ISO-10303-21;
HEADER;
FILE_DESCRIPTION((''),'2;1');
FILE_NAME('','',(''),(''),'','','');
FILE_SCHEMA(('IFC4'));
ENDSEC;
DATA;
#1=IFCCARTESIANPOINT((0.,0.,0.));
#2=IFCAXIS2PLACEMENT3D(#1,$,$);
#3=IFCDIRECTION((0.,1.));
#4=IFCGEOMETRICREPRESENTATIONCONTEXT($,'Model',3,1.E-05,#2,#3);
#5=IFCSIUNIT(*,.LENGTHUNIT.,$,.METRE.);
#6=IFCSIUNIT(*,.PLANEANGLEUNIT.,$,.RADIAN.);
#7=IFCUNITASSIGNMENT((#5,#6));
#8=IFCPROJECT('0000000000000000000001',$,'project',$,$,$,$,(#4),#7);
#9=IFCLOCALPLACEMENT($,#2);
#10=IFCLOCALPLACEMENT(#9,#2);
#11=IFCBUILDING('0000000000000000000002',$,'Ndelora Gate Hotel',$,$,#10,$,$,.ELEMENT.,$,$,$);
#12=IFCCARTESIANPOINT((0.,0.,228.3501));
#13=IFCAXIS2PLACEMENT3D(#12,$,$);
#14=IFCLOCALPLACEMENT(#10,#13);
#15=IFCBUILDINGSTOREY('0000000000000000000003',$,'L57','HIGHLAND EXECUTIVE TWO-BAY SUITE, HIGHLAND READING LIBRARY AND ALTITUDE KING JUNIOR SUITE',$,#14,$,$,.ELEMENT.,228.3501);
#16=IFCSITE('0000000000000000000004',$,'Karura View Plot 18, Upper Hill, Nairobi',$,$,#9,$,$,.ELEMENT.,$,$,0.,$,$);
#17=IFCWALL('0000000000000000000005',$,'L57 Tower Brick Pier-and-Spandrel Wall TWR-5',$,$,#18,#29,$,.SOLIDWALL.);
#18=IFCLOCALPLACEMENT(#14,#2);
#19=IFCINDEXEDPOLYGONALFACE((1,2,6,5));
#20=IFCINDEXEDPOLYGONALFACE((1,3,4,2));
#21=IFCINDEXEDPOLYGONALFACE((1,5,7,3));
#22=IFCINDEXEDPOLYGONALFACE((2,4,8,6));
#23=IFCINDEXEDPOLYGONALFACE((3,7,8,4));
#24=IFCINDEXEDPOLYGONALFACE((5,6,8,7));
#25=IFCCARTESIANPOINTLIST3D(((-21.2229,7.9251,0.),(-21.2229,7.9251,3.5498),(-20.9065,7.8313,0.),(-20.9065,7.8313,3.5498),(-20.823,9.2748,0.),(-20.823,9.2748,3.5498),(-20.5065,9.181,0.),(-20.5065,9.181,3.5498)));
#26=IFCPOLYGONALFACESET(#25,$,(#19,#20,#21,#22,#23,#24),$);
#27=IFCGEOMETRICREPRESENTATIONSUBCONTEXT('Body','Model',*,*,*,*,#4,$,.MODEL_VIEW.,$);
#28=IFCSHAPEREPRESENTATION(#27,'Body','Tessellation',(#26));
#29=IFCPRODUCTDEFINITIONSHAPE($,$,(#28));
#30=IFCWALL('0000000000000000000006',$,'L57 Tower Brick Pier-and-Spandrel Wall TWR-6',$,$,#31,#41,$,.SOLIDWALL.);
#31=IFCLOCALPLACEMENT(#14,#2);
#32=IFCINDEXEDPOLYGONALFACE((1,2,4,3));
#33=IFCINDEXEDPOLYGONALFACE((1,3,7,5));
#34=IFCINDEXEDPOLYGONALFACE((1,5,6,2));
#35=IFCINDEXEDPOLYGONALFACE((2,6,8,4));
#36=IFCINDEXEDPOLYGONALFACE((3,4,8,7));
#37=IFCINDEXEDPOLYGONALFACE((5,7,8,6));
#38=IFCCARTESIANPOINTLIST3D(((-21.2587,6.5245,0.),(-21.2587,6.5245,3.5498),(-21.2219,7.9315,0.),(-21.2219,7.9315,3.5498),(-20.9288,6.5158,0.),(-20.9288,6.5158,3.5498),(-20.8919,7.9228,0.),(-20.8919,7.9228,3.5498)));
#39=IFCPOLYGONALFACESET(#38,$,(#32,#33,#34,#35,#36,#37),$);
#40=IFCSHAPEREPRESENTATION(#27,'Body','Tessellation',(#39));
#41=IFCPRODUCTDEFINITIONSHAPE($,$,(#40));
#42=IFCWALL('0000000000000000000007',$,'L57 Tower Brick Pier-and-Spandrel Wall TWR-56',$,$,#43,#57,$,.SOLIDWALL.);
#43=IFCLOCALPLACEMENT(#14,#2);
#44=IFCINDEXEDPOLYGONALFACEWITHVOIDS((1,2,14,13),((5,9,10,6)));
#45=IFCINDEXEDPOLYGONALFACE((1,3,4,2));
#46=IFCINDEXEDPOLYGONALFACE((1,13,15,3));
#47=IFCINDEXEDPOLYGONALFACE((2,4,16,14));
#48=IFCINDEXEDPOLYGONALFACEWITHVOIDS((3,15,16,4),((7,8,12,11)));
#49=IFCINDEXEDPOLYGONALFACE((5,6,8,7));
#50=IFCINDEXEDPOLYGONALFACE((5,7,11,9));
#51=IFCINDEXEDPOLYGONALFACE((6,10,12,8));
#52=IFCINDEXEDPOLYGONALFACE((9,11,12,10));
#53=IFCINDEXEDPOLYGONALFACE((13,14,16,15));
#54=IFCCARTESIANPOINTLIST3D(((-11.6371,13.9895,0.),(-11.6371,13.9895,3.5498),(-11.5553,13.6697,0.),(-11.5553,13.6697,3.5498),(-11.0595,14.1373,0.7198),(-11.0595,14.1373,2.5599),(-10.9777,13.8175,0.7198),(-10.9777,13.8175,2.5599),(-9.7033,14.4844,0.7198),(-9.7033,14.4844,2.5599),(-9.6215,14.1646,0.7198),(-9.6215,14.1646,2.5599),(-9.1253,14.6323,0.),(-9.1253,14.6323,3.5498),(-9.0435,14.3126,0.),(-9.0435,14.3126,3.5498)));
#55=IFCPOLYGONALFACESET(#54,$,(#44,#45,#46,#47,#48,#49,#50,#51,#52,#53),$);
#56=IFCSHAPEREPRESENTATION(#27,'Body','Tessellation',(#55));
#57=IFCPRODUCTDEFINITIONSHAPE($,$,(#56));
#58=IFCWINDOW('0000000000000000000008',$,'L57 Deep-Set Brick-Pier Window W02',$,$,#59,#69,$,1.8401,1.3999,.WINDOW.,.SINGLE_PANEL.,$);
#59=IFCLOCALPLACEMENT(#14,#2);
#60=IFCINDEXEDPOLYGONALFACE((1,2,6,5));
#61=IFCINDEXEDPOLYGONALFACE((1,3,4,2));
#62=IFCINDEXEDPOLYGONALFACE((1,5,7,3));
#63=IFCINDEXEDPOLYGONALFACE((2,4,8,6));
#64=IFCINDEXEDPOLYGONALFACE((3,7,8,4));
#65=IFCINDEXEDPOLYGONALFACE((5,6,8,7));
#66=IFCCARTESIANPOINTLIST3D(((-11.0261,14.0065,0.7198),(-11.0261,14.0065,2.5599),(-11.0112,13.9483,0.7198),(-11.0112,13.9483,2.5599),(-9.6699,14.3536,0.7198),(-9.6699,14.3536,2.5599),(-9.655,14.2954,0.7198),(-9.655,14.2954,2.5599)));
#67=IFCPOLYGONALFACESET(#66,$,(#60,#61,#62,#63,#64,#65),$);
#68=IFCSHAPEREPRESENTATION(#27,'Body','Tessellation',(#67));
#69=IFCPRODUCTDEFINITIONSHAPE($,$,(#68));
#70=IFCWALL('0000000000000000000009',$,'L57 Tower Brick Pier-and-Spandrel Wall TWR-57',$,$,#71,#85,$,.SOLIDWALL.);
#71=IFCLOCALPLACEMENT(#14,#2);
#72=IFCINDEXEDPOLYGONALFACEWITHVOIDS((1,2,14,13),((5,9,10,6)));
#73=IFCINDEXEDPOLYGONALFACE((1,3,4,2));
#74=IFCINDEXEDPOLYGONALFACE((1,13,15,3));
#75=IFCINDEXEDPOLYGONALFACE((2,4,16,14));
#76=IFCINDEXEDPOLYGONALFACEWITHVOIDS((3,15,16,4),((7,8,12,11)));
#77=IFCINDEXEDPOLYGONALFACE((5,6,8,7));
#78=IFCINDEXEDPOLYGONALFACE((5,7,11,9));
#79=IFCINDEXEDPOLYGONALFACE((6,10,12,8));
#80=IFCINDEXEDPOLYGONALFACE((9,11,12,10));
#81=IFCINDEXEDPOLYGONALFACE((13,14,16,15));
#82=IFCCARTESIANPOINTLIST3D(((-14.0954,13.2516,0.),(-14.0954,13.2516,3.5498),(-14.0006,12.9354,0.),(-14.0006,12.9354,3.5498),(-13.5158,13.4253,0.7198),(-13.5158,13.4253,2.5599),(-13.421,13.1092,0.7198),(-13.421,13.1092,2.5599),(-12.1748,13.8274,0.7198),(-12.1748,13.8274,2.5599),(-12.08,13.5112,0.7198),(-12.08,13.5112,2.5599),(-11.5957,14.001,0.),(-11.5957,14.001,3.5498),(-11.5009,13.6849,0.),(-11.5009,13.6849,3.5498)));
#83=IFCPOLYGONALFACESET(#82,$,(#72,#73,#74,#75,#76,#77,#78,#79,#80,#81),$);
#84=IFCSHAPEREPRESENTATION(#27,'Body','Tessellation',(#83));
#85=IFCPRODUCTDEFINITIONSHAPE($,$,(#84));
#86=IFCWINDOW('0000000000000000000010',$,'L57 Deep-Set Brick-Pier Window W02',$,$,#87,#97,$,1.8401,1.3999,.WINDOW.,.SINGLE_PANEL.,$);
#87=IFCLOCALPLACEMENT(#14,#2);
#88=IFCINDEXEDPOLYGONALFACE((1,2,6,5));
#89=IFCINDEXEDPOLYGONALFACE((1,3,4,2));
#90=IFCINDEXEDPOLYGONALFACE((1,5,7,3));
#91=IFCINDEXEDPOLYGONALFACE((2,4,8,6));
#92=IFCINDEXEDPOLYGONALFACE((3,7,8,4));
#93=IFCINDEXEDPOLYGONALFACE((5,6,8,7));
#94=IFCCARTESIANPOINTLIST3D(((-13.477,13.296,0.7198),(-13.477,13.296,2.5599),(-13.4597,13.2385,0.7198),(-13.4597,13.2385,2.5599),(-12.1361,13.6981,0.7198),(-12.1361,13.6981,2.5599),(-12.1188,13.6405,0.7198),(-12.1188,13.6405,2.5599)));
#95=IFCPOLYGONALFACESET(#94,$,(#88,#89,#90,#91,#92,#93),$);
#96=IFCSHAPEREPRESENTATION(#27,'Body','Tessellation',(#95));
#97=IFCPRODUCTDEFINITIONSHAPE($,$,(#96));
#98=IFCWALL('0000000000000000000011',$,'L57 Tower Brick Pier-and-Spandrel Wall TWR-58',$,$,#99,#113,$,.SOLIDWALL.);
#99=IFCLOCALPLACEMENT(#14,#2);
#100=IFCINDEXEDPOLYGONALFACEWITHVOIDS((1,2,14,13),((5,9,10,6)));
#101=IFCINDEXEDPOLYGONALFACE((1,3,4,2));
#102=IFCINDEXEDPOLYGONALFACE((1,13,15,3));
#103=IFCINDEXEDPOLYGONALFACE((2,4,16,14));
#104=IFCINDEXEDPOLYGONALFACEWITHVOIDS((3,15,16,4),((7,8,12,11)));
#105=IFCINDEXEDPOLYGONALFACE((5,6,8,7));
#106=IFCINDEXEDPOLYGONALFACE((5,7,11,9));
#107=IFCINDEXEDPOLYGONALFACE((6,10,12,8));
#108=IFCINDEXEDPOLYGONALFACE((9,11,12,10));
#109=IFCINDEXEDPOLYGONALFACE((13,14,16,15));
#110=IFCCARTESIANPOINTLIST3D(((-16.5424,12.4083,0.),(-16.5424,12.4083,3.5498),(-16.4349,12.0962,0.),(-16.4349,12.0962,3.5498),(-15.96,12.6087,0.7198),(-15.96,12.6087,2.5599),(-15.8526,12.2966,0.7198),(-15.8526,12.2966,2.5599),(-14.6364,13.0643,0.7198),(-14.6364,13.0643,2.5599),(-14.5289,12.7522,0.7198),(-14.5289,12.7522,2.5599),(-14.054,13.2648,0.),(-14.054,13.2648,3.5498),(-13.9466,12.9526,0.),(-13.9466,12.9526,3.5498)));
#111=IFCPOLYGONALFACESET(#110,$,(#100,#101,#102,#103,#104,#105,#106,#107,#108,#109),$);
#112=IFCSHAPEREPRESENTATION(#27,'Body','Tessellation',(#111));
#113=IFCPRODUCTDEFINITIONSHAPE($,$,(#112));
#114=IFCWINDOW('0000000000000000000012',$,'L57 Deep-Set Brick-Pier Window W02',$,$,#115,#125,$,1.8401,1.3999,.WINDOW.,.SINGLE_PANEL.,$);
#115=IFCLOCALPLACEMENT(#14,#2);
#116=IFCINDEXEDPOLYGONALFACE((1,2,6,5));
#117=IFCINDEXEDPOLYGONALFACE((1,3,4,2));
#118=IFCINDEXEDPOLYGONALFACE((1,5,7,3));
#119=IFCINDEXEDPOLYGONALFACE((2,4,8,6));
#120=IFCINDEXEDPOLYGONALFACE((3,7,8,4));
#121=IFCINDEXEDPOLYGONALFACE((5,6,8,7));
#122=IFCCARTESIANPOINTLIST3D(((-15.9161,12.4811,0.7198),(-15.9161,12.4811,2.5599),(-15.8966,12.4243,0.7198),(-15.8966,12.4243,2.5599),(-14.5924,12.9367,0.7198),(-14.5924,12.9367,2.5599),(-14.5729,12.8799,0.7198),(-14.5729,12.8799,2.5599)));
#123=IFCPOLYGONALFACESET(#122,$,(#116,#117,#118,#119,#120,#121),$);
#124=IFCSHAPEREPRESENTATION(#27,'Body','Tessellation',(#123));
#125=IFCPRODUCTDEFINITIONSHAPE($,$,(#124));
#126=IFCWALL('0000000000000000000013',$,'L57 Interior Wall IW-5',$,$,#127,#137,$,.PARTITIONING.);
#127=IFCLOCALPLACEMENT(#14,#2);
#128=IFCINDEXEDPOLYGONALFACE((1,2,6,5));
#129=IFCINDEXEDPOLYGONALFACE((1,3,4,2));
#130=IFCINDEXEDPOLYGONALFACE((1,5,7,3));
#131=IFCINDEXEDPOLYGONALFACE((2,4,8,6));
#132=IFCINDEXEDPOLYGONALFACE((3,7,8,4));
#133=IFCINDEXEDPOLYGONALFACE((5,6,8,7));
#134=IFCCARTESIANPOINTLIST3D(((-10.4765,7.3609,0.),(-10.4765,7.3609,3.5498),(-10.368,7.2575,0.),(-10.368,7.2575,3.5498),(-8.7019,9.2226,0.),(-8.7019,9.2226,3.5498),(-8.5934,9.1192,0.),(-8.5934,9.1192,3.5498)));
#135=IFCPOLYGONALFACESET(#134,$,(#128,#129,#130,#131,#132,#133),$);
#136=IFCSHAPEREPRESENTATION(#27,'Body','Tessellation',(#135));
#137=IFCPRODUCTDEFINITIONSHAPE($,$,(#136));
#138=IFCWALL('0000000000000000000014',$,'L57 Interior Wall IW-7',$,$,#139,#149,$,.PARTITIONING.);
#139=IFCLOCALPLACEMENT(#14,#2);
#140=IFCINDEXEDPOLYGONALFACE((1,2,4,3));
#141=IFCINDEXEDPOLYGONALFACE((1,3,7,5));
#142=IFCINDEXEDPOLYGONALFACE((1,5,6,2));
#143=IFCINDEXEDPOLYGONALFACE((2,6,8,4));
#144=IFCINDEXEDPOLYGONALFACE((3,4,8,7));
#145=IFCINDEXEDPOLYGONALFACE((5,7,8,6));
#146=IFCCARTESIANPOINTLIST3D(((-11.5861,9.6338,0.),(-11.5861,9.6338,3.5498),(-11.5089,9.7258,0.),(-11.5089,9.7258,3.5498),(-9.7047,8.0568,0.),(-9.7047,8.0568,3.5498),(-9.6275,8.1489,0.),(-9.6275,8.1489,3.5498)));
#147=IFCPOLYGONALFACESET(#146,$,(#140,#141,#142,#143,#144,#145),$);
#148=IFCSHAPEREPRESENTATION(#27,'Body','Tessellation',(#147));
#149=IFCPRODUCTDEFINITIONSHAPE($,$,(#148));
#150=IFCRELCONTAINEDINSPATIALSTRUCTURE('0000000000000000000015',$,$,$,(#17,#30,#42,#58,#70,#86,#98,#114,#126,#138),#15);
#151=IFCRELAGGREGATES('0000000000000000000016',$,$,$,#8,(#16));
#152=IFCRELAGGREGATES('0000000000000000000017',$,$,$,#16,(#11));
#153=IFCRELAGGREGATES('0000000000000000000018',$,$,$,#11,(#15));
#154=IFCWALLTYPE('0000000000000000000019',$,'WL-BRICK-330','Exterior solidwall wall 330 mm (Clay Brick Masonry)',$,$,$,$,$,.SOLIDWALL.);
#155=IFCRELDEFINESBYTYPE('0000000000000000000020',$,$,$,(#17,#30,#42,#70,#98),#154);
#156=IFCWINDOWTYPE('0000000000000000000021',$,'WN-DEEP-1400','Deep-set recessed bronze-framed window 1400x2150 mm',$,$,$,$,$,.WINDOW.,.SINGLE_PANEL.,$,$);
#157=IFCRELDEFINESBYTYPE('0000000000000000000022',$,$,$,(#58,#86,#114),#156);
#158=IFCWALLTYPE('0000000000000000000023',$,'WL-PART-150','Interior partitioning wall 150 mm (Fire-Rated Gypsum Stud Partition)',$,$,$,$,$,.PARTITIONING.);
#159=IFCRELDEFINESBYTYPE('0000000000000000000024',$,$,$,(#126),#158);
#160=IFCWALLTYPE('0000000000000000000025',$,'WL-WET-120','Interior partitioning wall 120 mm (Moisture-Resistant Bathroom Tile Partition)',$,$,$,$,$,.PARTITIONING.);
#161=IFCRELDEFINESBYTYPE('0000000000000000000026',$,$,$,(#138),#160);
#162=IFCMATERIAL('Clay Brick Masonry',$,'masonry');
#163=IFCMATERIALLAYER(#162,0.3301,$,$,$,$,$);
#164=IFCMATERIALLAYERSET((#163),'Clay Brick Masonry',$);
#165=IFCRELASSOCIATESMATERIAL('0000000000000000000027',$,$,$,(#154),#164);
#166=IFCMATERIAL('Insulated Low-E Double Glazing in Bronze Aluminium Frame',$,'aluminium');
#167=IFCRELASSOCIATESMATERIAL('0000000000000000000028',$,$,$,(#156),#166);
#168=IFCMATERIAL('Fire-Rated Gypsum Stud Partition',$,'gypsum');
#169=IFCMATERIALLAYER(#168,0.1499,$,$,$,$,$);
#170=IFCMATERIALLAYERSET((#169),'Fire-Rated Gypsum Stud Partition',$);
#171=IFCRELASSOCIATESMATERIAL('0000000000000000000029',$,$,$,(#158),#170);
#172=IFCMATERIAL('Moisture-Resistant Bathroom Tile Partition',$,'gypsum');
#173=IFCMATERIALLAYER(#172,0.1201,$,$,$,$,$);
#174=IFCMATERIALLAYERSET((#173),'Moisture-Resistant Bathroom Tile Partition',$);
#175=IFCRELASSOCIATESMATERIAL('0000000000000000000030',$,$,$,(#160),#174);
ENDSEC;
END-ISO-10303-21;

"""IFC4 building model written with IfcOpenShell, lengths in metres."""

from ifc_helpers import new_model, si_unit, direction, frame, frame_2d, origin, place, context, subcontext, project, spatial, rectangle, extrude, material, layer, layer_set, type_object, element, fill, save


model = new_model("IFC4")

# Units and contexts
model_context = context("Model", 3, precision=1e-05, world=origin(), true_north=direction((0.0, 1.0)))
body_context = subcontext(model_context, "Body", "Model", "MODEL_VIEW")
ifc_project = project(units=[si_unit("LENGTHUNIT", "METRE"), si_unit("PLANEANGLEUNIT", "RADIAN")], contexts=[model_context])

# Site, building, storey
site_placement = place(None, origin())
site = spatial("IfcSite", under=ifc_project, at=site_placement, Name="Karura View Plot 18, Upper Hill, Nairobi", CompositionType="ELEMENT", RefElevation=0.0)
building_placement = place(site_placement, origin())
building = spatial("IfcBuilding", under=site, at=building_placement, Name="Ndelora Gate Hotel", CompositionType="ELEMENT")
storey_placement = place(building_placement, frame((0.0, 0.0, 228.3501)))
storey = spatial("IfcBuildingStorey", under=building, at=storey_placement, Name="L57", Description="HIGHLAND EXECUTIVE TWO-BAY SUITE, HIGHLAND READING LIBRARY AND ALTITUDE KING JUNIOR SUITE", CompositionType="ELEMENT", Elevation=228.3501)

# Walls
ifc_material_1 = material(Name="Clay Brick Masonry", Category="masonry")
ifc_layer_1 = layer(ifc_material_1, 0.3301)
ifc_layer_set_1 = layer_set([ifc_layer_1], Name="Clay Brick Masonry")
wall_type_1 = type_object("IfcWallType", Name="WL-BRICK-330", Description="Exterior solidwall wall 330 mm (Clay Brick Masonry)", PredefinedType="SOLIDWALL", material=ifc_layer_set_1)
wall_1_placement = place(storey_placement, frame((-21.0647, 7.8782, 0.0), z_axis=(0.0, 0.0, 1.0), x_axis=(0.2841, 0.958795, 0.0)))
element("IfcWall", 1, at=wall_1_placement, inside=storey, type_object=wall_type_1, Name="L57 Tower Brick Pier-and-Spandrel Wall TWR-5", PredefinedType="SOLIDWALL", context=body_context, shape_type="SweptSolid", body=[
    extrude(rectangle(XDim=1.4077, YDim=0.3301, at=frame_2d((0.7039, 0.0))), origin(), (0.0, 0.0, 1.0), 3.5498),
])
wall_2_placement = place(storey_placement, frame((-21.0938, 6.5203, 0.0), z_axis=(0.0, 0.0, 1.0), x_axis=(0.026193, 0.999657, 0.0)))
element("IfcWall", 2, at=wall_2_placement, inside=storey, type_object=wall_type_1, Name="L57 Tower Brick Pier-and-Spandrel Wall TWR-6", PredefinedType="SOLIDWALL", context=body_context, shape_type="SweptSolid", body=[
    extrude(rectangle(XDim=1.4075, YDim=0.3301, at=frame_2d((0.7036, 0.0))), origin(), (0.0, 0.0, 1.0), 3.5498),
])

# Walls, openings, windows
wall_3_placement = place(storey_placement, frame((-11.5962, 13.8296, 0.0), z_axis=(0.0, 0.0, 1.0), x_axis=(0.968776, 0.247938, 0.0)))
wall_3 = element("IfcWall", 3, at=wall_3_placement, inside=storey, type_object=wall_type_1, Name="L57 Tower Brick Pier-and-Spandrel Wall TWR-56", PredefinedType="SOLIDWALL", context=body_context, shape_type="SweptSolid", body=[
    extrude(rectangle(XDim=2.5928, YDim=0.3301, at=frame_2d((1.2964, 0.0))), origin(), (0.0, 0.0, 1.0), 3.5498),
])
opening_1_placement = place(wall_3_placement, frame((0.5962, 0.0, 0.72)))
opening_1 = element("IfcOpeningElement", 4, at=opening_1_placement, cuts=wall_3, PredefinedType="OPENING", context=body_context, shape_type="SweptSolid", body=[
    extrude(rectangle(XDim=1.3999, YDim=1.8401, at=frame_2d((0.7, 0.9199))), frame((0.0, 0.175, 0.0), z_axis=(0.0, -1.0, 0.0), x_axis=(1.0, 0.0, 0.0)), (0.0, 0.0, 1.0), 0.3501),
])
ifc_material_2 = material(Name="Insulated Low-E Double Glazing in Bronze Aluminium Frame", Category="aluminium")
window_type = type_object("IfcWindowType", Name="WN-DEEP-1400", Description="Deep-set recessed bronze-framed window 1400x2150 mm", PartitioningType="SINGLE_PANEL", PredefinedType="WINDOW", material=ifc_material_2)
window_1_placement = place(opening_1_placement, origin())
window_1 = element("IfcWindow", 5, at=window_1_placement, inside=storey, type_object=window_type, Name="L57 Deep-Set Brick-Pier Window W02", OverallHeight=1.8401, OverallWidth=1.3999, PartitioningType="SINGLE_PANEL", PredefinedType="WINDOW", context=body_context, shape_type="SweptSolid", body=[
    extrude(rectangle(XDim=1.3999, YDim=1.8401, at=frame_2d((0.7, 0.9199))), frame((0.0, 0.03, 0.0), z_axis=(0.0, -1.0, 0.0), x_axis=(1.0, 0.0, 0.0)), (0.0, 0.0, 1.0), 0.0601),
])
fill(opening_1, window_1)
wall_4_placement = place(storey_placement, frame((-14.0479, 13.0935, 0.0), z_axis=(0.0, 0.0, 1.0), x_axis=(0.95787, 0.287202, 0.0)))
wall_4 = element("IfcWall", 6, at=wall_4_placement, inside=storey, type_object=wall_type_1, Name="L57 Tower Brick Pier-and-Spandrel Wall TWR-57", PredefinedType="SOLIDWALL", context=body_context, shape_type="SweptSolid", body=[
    extrude(rectangle(XDim=2.6096, YDim=0.3301, at=frame_2d((1.3047, 0.0))), origin(), (0.0, 0.0, 1.0), 3.5498),
])
opening_2_placement = place(wall_4_placement, frame((0.605, 0.0, 0.72)))
opening_2 = element("IfcOpeningElement", 7, at=opening_2_placement, cuts=wall_4, PredefinedType="OPENING", context=body_context, shape_type="SweptSolid", body=[
    extrude(rectangle(XDim=1.3999, YDim=1.8401, at=frame_2d((0.7, 0.9199))), frame((0.0, 0.175, 0.0), z_axis=(0.0, -1.0, 0.0), x_axis=(1.0, 0.0, 0.0)), (0.0, 0.0, 1.0), 0.3501),
])
window_2_placement = place(opening_2_placement, origin())
window_2 = element("IfcWindow", 8, at=window_2_placement, inside=storey, type_object=window_type, Name="L57 Deep-Set Brick-Pier Window W02", OverallHeight=1.8401, OverallWidth=1.3999, PartitioningType="SINGLE_PANEL", PredefinedType="WINDOW", context=body_context, shape_type="SweptSolid", body=[
    extrude(rectangle(XDim=1.3999, YDim=1.8401, at=frame_2d((0.7, 0.9199))), frame((0.0, 0.03, 0.0), z_axis=(0.0, -1.0, 0.0), x_axis=(1.0, 0.0, 0.0)), (0.0, 0.0, 1.0), 0.0601),
])
fill(opening_2, window_2)
wall_5_placement = place(storey_placement, frame((-16.4888, 12.2522, 0.0), z_axis=(0.0, 0.0, 1.0), x_axis=(0.945558, 0.325453, 0.0)))
wall_5 = element("IfcWall", 9, at=wall_5_placement, inside=storey, type_object=wall_type_1, Name="L57 Tower Brick Pier-and-Spandrel Wall TWR-58", PredefinedType="SOLIDWALL", context=body_context, shape_type="SweptSolid", body=[
    extrude(rectangle(XDim=2.6316, YDim=0.3301, at=frame_2d((1.3159, 0.0))), origin(), (0.0, 0.0, 1.0), 3.5498),
])
opening_3_placement = place(wall_5_placement, frame((0.616, 0.0, 0.72)))
opening_3 = element("IfcOpeningElement", 10, at=opening_3_placement, cuts=wall_5, PredefinedType="OPENING", context=body_context, shape_type="SweptSolid", body=[
    extrude(rectangle(XDim=1.3999, YDim=1.8401, at=frame_2d((0.7, 0.9199))), frame((0.0, 0.175, 0.0), z_axis=(0.0, -1.0, 0.0), x_axis=(1.0, 0.0, 0.0)), (0.0, 0.0, 1.0), 0.3501),
])
window_3_placement = place(opening_3_placement, origin())
window_3 = element("IfcWindow", 11, at=window_3_placement, inside=storey, type_object=window_type, Name="L57 Deep-Set Brick-Pier Window W02", OverallHeight=1.8401, OverallWidth=1.3999, PartitioningType="SINGLE_PANEL", PredefinedType="WINDOW", context=body_context, shape_type="SweptSolid", body=[
    extrude(rectangle(XDim=1.3999, YDim=1.8401, at=frame_2d((0.7, 0.9199))), frame((0.0, 0.03, 0.0), z_axis=(0.0, -1.0, 0.0), x_axis=(1.0, 0.0, 0.0)), (0.0, 0.0, 1.0), 0.0601),
])
fill(opening_3, window_3)

# Walls
ifc_material_3 = material(Name="Fire-Rated Gypsum Stud Partition", Category="gypsum")
ifc_layer_2 = layer(ifc_material_3, 0.1499)
ifc_layer_set_2 = layer_set([ifc_layer_2], Name="Fire-Rated Gypsum Stud Partition")
wall_type_2 = type_object("IfcWallType", Name="WL-PART-150", Description="Interior partitioning wall 150 mm (Fire-Rated Gypsum Stud Partition)", PredefinedType="PARTITIONING", material=ifc_layer_set_2)
wall_6_placement = place(storey_placement, frame((-10.4224, 7.3091, 0.0), z_axis=(0.0, 0.0, 1.0), x_axis=(0.689961, 0.723847, 0.0)))
element("IfcWall", 12, at=wall_6_placement, inside=storey, type_object=wall_type_2, Name="L57 Interior Wall IW-5", PredefinedType="PARTITIONING", context=body_context, shape_type="SweptSolid", body=[
    extrude(rectangle(XDim=2.572, YDim=0.1499, at=frame_2d((1.2861, 0.0))), origin(), (0.0, 0.0, 1.0), 3.5498),
])
ifc_material_4 = material(Name="Moisture-Resistant Bathroom Tile Partition", Category="gypsum")
ifc_layer_3 = layer(ifc_material_4, 0.1201)
ifc_layer_set_3 = layer_set([ifc_layer_3], Name="Moisture-Resistant Bathroom Tile Partition")
wall_type_3 = type_object("IfcWallType", Name="WL-WET-120", Description="Interior partitioning wall 120 mm (Moisture-Resistant Bathroom Tile Partition)", PredefinedType="PARTITIONING", material=ifc_layer_set_3)
wall_7_placement = place(storey_placement, frame((-9.666, 8.1028, 0.0), z_axis=(0.0, 0.0, 1.0), x_axis=(-0.766392, 0.642373, 0.0)))
element("IfcWall", 13, at=wall_7_placement, inside=storey, type_object=wall_type_3, Name="L57 Interior Wall IW-7", PredefinedType="PARTITIONING", context=body_context, shape_type="SweptSolid", body=[
    extrude(rectangle(XDim=2.4548, YDim=0.1201, at=frame_2d((1.2275, 0.0))), origin(), (0.0, 0.0, 1.0), 3.5498),
])

save(model, "model.ifc")
